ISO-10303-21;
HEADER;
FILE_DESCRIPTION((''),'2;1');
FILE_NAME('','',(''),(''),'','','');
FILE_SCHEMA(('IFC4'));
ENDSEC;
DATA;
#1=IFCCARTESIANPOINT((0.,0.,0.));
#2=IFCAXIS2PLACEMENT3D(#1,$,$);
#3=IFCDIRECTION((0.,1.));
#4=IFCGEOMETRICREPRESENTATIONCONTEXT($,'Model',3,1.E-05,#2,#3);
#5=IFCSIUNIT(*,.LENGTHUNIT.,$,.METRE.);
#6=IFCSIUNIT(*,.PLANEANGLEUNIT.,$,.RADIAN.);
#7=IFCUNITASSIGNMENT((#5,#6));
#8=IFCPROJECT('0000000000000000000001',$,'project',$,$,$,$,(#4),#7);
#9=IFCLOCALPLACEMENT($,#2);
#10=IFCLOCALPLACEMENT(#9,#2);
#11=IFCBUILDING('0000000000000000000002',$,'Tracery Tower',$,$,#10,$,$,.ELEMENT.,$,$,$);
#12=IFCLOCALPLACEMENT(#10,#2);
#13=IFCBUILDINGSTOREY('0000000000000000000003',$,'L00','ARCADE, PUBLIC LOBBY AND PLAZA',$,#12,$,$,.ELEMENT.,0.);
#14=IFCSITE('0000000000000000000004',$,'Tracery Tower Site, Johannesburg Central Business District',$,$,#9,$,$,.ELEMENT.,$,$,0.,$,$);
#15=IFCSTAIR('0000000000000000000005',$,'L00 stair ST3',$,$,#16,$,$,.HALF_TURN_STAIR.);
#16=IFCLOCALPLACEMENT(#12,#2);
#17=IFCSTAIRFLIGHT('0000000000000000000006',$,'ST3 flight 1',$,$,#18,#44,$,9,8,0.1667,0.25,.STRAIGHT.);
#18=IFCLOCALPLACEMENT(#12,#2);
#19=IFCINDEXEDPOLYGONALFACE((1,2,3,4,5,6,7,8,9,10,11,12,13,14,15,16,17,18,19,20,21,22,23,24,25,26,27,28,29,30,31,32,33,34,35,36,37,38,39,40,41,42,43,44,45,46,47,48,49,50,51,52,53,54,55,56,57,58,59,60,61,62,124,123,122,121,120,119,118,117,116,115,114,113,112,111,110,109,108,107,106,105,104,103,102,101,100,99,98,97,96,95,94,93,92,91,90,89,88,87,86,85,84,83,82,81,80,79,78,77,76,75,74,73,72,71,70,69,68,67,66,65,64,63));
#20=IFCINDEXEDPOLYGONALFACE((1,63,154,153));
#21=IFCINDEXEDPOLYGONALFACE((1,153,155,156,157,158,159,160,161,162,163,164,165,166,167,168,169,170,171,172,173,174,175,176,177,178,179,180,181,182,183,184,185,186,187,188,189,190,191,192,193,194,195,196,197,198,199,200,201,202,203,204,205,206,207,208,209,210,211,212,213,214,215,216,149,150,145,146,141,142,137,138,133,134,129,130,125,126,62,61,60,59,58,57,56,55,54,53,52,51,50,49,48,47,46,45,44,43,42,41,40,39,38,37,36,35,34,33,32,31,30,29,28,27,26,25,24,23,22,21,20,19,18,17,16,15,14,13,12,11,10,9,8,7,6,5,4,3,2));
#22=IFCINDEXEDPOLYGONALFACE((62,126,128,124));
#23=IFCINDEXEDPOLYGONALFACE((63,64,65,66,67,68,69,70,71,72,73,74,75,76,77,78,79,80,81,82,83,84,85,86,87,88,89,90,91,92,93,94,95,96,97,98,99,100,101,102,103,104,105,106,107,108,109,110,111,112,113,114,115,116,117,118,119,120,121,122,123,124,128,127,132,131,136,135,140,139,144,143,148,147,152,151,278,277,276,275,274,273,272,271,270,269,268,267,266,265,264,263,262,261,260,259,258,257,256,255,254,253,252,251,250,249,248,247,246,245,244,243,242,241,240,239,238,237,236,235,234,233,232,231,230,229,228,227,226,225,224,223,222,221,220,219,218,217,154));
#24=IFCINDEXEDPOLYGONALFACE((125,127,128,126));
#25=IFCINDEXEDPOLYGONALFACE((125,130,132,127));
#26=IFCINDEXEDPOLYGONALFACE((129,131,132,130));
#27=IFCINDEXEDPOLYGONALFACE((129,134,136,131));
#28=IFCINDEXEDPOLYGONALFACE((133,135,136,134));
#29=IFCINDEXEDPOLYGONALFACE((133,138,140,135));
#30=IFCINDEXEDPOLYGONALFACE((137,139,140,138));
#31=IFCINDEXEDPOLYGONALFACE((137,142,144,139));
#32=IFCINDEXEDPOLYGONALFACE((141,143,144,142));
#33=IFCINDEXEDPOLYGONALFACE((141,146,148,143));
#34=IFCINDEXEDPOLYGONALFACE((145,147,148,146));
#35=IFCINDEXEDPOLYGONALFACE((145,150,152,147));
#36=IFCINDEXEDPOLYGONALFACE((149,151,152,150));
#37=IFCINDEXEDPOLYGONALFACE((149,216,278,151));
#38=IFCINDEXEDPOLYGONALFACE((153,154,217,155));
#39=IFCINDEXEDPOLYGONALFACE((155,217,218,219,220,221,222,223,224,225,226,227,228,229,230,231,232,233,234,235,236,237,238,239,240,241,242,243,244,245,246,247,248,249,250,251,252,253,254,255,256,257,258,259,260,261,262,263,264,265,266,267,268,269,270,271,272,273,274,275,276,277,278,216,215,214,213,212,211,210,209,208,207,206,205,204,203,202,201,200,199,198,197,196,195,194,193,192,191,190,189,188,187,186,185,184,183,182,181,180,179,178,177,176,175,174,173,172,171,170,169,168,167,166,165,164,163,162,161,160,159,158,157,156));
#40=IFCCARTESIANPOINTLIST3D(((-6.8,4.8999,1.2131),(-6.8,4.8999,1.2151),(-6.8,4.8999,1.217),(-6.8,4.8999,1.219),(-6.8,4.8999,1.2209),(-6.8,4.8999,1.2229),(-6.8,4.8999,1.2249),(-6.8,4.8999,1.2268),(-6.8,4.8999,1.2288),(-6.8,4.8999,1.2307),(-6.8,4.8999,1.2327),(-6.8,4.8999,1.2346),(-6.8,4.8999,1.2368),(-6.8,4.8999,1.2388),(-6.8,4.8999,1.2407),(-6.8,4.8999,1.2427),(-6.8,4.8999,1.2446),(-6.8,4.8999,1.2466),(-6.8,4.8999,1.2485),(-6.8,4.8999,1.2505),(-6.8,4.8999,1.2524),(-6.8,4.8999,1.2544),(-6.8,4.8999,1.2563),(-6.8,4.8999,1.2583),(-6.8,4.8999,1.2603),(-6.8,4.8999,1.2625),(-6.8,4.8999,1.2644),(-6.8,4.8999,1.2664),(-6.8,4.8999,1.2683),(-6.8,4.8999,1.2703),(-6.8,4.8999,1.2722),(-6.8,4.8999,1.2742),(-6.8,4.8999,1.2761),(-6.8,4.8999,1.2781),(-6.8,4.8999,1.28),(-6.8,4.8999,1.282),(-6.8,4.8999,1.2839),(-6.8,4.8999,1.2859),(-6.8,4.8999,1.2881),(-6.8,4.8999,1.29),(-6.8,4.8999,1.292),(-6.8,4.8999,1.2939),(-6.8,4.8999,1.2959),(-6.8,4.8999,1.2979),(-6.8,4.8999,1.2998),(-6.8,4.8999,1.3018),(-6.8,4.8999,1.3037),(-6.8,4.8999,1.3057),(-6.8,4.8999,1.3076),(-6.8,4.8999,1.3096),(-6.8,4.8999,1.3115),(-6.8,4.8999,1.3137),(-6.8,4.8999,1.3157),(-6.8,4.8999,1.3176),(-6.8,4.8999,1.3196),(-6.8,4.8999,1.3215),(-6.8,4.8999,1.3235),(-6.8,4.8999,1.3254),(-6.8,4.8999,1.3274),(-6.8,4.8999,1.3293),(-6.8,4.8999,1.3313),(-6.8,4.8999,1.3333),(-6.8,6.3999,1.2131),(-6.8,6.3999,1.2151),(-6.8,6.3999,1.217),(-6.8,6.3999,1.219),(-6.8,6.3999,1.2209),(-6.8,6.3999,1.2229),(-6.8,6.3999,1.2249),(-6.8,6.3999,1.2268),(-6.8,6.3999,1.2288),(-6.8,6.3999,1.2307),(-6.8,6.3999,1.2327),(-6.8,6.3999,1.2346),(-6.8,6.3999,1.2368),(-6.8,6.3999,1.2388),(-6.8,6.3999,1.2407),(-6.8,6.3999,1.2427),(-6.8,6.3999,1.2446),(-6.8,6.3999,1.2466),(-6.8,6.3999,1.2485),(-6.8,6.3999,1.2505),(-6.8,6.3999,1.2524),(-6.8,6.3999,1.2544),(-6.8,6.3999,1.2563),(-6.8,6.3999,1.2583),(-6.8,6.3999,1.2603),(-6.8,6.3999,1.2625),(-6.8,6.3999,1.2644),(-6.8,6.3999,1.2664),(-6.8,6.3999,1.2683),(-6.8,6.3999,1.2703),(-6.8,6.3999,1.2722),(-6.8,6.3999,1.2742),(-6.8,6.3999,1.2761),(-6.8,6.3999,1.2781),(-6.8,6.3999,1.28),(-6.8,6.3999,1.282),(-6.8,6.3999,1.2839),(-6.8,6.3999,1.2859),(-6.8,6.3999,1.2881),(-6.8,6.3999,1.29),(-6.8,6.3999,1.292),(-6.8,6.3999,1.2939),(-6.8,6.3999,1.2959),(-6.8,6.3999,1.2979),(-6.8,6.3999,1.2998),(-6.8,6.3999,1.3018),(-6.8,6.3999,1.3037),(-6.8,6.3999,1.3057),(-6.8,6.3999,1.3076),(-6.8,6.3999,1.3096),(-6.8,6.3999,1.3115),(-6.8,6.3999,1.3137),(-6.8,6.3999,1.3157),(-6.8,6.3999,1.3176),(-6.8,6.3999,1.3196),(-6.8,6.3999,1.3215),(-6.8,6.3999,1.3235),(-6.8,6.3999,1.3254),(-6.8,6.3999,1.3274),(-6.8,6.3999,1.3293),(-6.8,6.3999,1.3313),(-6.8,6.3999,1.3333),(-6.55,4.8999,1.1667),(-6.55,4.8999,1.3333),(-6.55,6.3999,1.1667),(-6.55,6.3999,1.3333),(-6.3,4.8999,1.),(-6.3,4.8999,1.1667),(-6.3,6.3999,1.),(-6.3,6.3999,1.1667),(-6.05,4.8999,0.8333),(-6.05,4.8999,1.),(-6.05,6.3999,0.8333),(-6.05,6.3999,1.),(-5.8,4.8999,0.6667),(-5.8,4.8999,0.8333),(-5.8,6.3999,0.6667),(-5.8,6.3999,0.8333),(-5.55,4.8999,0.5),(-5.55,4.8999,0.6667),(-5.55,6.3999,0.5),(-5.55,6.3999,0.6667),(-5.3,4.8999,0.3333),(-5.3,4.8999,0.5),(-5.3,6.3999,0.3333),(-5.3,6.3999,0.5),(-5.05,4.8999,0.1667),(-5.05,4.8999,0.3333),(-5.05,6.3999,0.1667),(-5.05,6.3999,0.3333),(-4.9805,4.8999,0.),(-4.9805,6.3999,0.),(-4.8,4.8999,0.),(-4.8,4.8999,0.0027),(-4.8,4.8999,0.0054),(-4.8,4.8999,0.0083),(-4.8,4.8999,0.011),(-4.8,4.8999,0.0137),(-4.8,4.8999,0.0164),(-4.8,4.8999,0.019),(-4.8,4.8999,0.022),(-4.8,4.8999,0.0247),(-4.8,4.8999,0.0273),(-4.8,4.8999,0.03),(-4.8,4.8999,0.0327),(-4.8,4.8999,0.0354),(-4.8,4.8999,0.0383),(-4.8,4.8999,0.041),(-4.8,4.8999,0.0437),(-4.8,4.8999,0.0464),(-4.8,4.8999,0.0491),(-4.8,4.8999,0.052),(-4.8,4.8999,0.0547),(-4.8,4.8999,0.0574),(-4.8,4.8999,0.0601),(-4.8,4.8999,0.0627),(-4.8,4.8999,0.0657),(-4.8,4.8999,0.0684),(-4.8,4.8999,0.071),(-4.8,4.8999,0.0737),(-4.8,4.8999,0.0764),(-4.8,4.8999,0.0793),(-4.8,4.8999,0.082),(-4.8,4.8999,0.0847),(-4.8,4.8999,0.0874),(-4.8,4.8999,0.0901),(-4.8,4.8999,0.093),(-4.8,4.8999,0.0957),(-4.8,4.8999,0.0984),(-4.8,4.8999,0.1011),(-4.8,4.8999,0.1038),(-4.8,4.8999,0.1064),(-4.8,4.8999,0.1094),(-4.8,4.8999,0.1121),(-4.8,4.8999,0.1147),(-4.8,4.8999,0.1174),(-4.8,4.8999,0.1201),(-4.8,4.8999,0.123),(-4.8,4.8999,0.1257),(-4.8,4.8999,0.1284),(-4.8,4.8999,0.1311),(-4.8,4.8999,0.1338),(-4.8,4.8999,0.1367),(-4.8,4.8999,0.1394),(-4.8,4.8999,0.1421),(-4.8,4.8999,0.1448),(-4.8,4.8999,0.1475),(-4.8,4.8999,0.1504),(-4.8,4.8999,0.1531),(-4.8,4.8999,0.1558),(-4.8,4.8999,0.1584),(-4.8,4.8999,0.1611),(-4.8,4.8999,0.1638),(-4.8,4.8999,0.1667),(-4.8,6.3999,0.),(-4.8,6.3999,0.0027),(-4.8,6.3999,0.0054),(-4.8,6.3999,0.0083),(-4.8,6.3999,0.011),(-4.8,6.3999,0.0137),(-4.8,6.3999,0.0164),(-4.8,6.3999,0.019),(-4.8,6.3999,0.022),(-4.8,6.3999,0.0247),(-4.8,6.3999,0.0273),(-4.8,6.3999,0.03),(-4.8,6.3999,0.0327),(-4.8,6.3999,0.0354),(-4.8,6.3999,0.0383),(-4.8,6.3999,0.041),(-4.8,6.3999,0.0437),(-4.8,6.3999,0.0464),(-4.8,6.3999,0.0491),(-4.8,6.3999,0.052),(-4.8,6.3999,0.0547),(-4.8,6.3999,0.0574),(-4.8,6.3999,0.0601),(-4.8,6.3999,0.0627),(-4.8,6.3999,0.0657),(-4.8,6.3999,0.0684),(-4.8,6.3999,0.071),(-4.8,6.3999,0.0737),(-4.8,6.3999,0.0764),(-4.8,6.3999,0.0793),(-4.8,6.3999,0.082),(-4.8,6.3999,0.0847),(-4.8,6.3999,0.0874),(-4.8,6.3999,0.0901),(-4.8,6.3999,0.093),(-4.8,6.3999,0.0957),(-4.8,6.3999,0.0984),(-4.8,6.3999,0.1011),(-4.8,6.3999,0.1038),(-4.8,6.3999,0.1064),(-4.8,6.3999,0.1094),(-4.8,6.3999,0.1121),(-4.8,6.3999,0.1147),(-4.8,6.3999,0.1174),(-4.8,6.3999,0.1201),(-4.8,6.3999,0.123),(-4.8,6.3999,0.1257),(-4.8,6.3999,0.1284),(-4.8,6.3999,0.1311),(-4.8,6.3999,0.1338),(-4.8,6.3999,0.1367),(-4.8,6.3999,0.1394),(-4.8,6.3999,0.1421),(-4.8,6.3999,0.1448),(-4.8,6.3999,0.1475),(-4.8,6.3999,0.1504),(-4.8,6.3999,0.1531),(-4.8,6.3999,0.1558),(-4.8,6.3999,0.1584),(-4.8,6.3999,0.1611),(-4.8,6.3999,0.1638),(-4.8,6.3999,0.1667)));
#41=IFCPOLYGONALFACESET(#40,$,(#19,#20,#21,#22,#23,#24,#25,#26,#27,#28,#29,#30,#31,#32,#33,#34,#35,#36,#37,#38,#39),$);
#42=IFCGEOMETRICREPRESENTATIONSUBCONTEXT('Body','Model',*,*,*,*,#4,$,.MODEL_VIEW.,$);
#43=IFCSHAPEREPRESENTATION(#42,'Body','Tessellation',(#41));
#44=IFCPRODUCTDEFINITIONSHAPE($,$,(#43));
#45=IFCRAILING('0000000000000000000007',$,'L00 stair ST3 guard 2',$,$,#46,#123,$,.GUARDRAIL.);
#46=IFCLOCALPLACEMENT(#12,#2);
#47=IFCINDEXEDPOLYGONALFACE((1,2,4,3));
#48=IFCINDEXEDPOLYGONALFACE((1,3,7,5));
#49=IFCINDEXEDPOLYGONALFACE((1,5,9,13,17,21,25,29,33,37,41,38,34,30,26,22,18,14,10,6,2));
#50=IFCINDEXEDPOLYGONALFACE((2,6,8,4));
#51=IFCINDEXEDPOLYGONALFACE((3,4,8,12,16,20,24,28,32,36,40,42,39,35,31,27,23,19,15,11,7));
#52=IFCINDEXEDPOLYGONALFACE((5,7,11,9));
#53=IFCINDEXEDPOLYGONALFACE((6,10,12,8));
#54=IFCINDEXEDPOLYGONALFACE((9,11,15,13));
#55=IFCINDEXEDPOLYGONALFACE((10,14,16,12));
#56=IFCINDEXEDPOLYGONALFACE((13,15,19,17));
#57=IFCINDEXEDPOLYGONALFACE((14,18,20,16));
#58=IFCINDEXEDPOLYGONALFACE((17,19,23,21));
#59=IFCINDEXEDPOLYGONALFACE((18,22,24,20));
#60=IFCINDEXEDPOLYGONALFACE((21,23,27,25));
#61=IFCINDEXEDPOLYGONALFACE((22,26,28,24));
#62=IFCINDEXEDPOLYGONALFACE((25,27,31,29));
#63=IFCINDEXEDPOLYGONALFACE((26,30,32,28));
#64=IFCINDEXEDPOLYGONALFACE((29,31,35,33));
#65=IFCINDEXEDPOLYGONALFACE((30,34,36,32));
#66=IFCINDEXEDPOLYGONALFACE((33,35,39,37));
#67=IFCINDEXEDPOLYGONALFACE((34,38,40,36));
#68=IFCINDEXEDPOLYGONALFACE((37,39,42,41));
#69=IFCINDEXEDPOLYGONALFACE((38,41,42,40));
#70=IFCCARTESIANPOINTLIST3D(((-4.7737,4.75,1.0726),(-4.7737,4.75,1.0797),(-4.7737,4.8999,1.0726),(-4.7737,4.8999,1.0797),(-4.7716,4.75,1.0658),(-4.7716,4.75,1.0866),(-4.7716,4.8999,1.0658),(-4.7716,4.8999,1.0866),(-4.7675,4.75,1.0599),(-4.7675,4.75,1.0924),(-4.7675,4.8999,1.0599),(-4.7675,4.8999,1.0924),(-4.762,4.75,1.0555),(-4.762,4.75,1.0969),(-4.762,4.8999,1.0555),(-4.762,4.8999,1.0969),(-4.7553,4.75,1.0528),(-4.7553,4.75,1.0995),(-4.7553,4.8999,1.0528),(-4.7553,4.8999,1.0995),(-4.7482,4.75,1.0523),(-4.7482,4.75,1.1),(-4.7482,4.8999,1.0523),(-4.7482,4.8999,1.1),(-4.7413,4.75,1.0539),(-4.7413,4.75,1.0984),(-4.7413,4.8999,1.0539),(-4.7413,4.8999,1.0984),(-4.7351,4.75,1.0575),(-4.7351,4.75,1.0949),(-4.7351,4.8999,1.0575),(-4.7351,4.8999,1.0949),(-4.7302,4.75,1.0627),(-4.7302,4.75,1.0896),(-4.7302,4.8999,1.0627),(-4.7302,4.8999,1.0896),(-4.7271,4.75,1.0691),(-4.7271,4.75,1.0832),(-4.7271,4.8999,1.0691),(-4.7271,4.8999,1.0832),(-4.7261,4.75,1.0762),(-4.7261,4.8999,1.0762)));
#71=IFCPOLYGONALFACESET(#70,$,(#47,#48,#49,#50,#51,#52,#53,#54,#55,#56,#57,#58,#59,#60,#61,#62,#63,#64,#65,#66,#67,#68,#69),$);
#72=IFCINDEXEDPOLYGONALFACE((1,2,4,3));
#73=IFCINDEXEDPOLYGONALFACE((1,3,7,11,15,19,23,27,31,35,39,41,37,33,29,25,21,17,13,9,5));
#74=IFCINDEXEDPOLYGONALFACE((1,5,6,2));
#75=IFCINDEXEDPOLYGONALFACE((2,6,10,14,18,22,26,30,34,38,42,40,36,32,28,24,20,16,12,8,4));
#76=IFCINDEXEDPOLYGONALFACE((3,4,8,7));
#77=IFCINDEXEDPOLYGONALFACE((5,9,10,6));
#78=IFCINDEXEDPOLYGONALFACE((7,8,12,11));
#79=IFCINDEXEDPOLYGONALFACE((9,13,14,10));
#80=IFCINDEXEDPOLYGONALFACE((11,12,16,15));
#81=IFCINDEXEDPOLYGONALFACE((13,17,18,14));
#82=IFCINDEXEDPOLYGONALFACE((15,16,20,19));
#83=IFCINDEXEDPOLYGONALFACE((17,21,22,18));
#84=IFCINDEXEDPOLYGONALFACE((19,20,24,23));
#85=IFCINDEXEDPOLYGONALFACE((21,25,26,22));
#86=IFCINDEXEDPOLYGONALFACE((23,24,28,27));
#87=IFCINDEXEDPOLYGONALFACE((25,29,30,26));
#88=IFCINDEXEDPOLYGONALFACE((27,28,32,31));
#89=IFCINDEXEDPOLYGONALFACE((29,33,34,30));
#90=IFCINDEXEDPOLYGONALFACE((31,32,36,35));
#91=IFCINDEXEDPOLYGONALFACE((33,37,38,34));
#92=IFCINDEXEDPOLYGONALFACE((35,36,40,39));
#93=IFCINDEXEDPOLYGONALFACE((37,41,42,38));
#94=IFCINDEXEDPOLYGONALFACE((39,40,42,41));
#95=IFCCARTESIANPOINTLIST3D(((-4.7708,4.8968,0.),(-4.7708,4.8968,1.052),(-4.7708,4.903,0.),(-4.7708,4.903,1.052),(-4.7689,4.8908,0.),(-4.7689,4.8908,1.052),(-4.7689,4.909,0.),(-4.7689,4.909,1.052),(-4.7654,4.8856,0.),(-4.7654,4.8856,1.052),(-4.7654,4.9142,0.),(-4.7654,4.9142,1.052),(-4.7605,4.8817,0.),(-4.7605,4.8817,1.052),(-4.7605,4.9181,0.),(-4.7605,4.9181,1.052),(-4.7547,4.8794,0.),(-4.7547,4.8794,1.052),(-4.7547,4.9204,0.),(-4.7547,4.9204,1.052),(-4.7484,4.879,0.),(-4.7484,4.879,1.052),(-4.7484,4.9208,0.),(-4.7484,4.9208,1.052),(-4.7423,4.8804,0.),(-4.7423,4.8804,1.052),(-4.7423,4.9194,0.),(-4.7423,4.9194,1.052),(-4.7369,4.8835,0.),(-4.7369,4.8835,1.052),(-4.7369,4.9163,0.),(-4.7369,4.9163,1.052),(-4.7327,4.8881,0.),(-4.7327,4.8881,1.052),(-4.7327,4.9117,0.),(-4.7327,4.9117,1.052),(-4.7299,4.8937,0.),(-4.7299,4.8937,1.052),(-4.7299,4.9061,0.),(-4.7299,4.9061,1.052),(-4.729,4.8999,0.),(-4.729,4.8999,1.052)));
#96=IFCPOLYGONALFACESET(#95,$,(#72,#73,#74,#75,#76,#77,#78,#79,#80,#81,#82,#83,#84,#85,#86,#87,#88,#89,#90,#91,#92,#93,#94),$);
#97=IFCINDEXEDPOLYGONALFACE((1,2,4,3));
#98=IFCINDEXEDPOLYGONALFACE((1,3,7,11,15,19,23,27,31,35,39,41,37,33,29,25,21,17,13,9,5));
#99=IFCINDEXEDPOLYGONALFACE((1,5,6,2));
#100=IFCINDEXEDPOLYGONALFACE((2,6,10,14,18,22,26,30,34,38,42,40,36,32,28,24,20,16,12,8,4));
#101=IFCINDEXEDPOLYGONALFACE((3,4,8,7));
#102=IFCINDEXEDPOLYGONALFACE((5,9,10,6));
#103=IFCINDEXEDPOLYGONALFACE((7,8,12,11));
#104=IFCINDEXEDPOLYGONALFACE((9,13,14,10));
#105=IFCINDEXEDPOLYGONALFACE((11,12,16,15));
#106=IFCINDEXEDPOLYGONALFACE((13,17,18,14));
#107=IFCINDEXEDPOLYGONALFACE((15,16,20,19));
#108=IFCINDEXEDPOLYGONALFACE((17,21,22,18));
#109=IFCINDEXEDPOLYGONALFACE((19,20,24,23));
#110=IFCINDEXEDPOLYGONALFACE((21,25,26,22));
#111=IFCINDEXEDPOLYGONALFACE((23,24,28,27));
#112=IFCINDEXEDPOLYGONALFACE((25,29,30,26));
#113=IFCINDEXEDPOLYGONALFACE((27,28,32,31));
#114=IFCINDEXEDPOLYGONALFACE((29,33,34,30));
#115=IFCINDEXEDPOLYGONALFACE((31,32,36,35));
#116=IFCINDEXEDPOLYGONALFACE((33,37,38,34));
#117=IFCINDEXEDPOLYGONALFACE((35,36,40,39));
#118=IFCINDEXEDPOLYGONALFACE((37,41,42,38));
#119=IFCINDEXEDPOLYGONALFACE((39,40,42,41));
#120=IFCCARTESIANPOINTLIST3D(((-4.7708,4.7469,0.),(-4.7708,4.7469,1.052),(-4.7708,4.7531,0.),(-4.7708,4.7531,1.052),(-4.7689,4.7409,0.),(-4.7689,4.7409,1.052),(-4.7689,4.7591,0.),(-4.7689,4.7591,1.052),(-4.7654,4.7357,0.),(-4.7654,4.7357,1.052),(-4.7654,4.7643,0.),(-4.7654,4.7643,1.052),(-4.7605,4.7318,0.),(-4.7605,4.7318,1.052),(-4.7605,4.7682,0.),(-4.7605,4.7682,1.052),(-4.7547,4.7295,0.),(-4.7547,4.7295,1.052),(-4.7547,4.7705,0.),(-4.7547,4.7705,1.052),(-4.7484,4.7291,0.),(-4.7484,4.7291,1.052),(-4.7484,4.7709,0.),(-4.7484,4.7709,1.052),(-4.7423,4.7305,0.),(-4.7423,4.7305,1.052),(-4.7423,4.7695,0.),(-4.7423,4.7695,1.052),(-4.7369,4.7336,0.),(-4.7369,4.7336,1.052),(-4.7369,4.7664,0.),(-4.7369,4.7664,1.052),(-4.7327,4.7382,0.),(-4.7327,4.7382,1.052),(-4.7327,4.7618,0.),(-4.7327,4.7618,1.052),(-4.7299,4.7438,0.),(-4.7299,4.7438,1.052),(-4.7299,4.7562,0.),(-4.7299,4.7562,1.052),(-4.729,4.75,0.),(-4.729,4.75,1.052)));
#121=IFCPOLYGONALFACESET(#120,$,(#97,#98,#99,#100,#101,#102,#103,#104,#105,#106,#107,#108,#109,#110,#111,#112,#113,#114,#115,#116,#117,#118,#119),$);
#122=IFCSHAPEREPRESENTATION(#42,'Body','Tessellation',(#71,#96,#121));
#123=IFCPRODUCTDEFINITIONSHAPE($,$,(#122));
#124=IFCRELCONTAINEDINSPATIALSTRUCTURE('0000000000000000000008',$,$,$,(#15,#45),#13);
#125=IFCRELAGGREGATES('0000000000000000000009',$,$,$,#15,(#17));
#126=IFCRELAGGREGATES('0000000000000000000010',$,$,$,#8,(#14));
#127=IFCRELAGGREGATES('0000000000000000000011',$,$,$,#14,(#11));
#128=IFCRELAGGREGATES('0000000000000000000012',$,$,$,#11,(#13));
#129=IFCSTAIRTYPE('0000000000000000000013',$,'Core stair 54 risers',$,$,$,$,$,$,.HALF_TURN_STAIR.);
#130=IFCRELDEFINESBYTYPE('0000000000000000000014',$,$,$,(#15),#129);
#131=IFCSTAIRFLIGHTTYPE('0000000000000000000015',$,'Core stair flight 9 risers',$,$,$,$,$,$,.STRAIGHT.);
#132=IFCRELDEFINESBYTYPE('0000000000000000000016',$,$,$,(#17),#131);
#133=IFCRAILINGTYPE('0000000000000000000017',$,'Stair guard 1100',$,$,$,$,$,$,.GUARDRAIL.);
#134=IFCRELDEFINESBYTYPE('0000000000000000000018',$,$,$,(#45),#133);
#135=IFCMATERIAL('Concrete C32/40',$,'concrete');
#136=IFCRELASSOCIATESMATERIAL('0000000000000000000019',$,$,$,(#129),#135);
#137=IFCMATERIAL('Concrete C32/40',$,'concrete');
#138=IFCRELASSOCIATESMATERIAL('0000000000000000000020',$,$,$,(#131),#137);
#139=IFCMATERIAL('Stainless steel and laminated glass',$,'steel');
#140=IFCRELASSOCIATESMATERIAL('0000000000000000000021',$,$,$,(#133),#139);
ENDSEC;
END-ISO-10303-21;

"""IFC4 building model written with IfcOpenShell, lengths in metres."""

from ifc_helpers import new_model, si_unit, direction, frame, origin, origin_2d, place, context, subcontext, project, spatial, polyline, circle, outline, extrude, material, type_object, element, aggregate, save


model = new_model("IFC4")

# Units and contexts
model_context = context("Model", 3, precision=1e-05, world=origin(), true_north=direction((0.0, 1.0)))
body_context = subcontext(model_context, "Body", "Model", "MODEL_VIEW")
ifc_project = project(units=[si_unit("LENGTHUNIT", "METRE"), si_unit("PLANEANGLEUNIT", "RADIAN")], contexts=[model_context])

# Site, building, storey
site_placement = place(None, origin())
site = spatial("IfcSite", under=ifc_project, at=site_placement, Name="Tracery Tower Site, Johannesburg Central Business District", CompositionType="ELEMENT", RefElevation=0.0)
building_placement = place(site_placement, origin())
building = spatial("IfcBuilding", under=site, at=building_placement, Name="Tracery Tower", CompositionType="ELEMENT")
storey_placement = place(building_placement, origin())
storey = spatial("IfcBuildingStorey", under=building, at=storey_placement, Name="L00", Description="ARCADE, PUBLIC LOBBY AND PLAZA", CompositionType="ELEMENT", Elevation=0.0)

# Stair, stair flight
ifc_material_1 = material(Name="Concrete C32/40", Category="concrete")
stair_type = type_object("IfcStairType", Name="Core stair 54 risers", PredefinedType="HALF_TURN_STAIR", material=ifc_material_1)
stair_placement = place(storey_placement, origin())
stair = element("IfcStair", 1, at=stair_placement, inside=storey, type_object=stair_type, Name="L00 stair ST3", PredefinedType="HALF_TURN_STAIR")
ifc_material_2 = material(Name="Concrete C32/40", Category="concrete")
stair_flight_type = type_object("IfcStairFlightType", Name="Core stair flight 9 risers", PredefinedType="STRAIGHT", material=ifc_material_2)
stair_flight_1_placement = place(storey_placement, frame((-4.8, 5.6499, 0.0), z_axis=(0.0, 0.0, 1.0), x_axis=(-1.0, 0.0, 0.0)))
stair_flight_1 = element("IfcStairFlight", 2, at=stair_flight_1_placement, type_object=stair_flight_type, Name="ST3 flight 1", NumberOfRisers=9, NumberOfTreads=8, PredefinedType="STRAIGHT", RiserHeight=0.1667, TreadLength=0.25, context=body_context, shape_type="SweptSolid", body=[
    extrude(outline(polyline([(0.0, 0.0), (0.0, 0.0027), (0.0, 0.0054), (0.0, 0.0083), (0.0, 0.011), (0.0, 0.0137), (0.0, 0.0164), (0.0, 0.019), (0.0, 0.022), (0.0, 0.0247), (0.0, 0.0273), (0.0, 0.03), (0.0, 0.0327), (0.0, 0.0354), (0.0, 0.0383), (0.0, 0.041), (0.0, 0.0437), (0.0, 0.0464), (0.0, 0.0491), (0.0, 0.052), (0.0, 0.0547), (0.0, 0.0574), (0.0, 0.0601), (0.0, 0.0627), (0.0, 0.0657), (0.0, 0.0684), (0.0, 0.071), (0.0, 0.0737), (0.0, 0.0764), (0.0, 0.0793), (0.0, 0.082), (0.0, 0.0847), (0.0, 0.0874), (0.0, 0.0901), (0.0, 0.093), (0.0, 0.0957), (0.0, 0.0984), (0.0, 0.1011), (0.0, 0.1038), (0.0, 0.1064), (0.0, 0.1094), (0.0, 0.1121), (0.0, 0.1147), (0.0, 0.1174), (0.0, 0.1201), (0.0, 0.123), (0.0, 0.1257), (0.0, 0.1284), (0.0, 0.1311), (0.0, 0.1338), (0.0, 0.1367), (0.0, 0.1394), (0.0, 0.1421), (0.0, 0.1448), (0.0, 0.1475), (0.0, 0.1504), (0.0, 0.1531), (0.0, 0.1558), (0.0, 0.1584), (0.0, 0.1611), (0.0, 0.1638), (0.0, 0.1667), (0.25, 0.1667), (0.25, 0.3333), (0.5, 0.3333), (0.5, 0.5), (0.75, 0.5), (0.75, 0.6667), (1.0, 0.6667), (1.0, 0.8333), (1.25, 0.8333), (1.25, 1.0), (1.5, 1.0), (1.5, 1.1667), (1.75, 1.1667), (1.75, 1.3333), (2.0, 1.3333), (2.0, 1.3313), (2.0, 1.3293), (2.0, 1.3274), (2.0, 1.3254), (2.0, 1.3235), (2.0, 1.3215), (2.0, 1.3196), (2.0, 1.3176), (2.0, 1.3157), (2.0, 1.3137), (2.0, 1.3115), (2.0, 1.3096), (2.0, 1.3076), (2.0, 1.3057), (2.0, 1.3037), (2.0, 1.3018), (2.0, 1.2998), (2.0, 1.2979), (2.0, 1.2959), (2.0, 1.2939), (2.0, 1.292), (2.0, 1.29), (2.0, 1.2881), (2.0, 1.2859), (2.0, 1.2839), (2.0, 1.282), (2.0, 1.28), (2.0, 1.2781), (2.0, 1.2761), (2.0, 1.2742), (2.0, 1.2722), (2.0, 1.2703), (2.0, 1.2683), (2.0, 1.2664), (2.0, 1.2644), (2.0, 1.2625), (2.0, 1.2603), (2.0, 1.2583), (2.0, 1.2563), (2.0, 1.2544), (2.0, 1.2524), (2.0, 1.2505), (2.0, 1.2485), (2.0, 1.2466), (2.0, 1.2446), (2.0, 1.2427), (2.0, 1.2407), (2.0, 1.2388), (2.0, 1.2368), (2.0, 1.2346), (2.0, 1.2327), (2.0, 1.2307), (2.0, 1.2288), (2.0, 1.2268), (2.0, 1.2249), (2.0, 1.2229), (2.0, 1.2209), (2.0, 1.219), (2.0, 1.217), (2.0, 1.2151), (2.0, 1.2131), (0.1804, 0.0), (0.0, 0.0)])), frame((0.0, 0.75, 0.0), z_axis=(0.0, -1.0, 0.0), x_axis=(1.0, 0.0, 0.0)), (0.0, 0.0, 1.0), 1.5),
])
aggregate(stair, [stair_flight_1])

# Railing
ifc_material_3 = material(Name="Stainless steel and laminated glass", Category="steel")
railing_type_1 = type_object("IfcRailingType", Name="Stair guard 1100", PredefinedType="GUARDRAIL", material=ifc_material_3)
railing_1_placement = place(storey_placement, frame((-4.75, 4.8999, 0.0)))
element("IfcRailing", 3, at=railing_1_placement, inside=storey, type_object=railing_type_1, Name="L00 stair ST3 guard 2", PredefinedType="GUARDRAIL", context=body_context, shape_type="SweptSolid", body=[
    extrude(circle(Radius=0.0239, at=origin_2d()), frame((0.0, 0.0, 1.0762), z_axis=(0.0, -1.0, 0.0), x_axis=(1.0, 0.0, 0.0)), (0.0, 0.0, 1.0), 0.1499),
    extrude(circle(Radius=0.021, at=origin_2d()), origin(), (0.0, 0.0, 1.0), 1.052),
    extrude(circle(Radius=0.021, at=origin_2d()), frame((0.0, -0.1499, 0.0)), (0.0, 0.0, 1.0), 1.052),
])

save(model, "model.ifc")
